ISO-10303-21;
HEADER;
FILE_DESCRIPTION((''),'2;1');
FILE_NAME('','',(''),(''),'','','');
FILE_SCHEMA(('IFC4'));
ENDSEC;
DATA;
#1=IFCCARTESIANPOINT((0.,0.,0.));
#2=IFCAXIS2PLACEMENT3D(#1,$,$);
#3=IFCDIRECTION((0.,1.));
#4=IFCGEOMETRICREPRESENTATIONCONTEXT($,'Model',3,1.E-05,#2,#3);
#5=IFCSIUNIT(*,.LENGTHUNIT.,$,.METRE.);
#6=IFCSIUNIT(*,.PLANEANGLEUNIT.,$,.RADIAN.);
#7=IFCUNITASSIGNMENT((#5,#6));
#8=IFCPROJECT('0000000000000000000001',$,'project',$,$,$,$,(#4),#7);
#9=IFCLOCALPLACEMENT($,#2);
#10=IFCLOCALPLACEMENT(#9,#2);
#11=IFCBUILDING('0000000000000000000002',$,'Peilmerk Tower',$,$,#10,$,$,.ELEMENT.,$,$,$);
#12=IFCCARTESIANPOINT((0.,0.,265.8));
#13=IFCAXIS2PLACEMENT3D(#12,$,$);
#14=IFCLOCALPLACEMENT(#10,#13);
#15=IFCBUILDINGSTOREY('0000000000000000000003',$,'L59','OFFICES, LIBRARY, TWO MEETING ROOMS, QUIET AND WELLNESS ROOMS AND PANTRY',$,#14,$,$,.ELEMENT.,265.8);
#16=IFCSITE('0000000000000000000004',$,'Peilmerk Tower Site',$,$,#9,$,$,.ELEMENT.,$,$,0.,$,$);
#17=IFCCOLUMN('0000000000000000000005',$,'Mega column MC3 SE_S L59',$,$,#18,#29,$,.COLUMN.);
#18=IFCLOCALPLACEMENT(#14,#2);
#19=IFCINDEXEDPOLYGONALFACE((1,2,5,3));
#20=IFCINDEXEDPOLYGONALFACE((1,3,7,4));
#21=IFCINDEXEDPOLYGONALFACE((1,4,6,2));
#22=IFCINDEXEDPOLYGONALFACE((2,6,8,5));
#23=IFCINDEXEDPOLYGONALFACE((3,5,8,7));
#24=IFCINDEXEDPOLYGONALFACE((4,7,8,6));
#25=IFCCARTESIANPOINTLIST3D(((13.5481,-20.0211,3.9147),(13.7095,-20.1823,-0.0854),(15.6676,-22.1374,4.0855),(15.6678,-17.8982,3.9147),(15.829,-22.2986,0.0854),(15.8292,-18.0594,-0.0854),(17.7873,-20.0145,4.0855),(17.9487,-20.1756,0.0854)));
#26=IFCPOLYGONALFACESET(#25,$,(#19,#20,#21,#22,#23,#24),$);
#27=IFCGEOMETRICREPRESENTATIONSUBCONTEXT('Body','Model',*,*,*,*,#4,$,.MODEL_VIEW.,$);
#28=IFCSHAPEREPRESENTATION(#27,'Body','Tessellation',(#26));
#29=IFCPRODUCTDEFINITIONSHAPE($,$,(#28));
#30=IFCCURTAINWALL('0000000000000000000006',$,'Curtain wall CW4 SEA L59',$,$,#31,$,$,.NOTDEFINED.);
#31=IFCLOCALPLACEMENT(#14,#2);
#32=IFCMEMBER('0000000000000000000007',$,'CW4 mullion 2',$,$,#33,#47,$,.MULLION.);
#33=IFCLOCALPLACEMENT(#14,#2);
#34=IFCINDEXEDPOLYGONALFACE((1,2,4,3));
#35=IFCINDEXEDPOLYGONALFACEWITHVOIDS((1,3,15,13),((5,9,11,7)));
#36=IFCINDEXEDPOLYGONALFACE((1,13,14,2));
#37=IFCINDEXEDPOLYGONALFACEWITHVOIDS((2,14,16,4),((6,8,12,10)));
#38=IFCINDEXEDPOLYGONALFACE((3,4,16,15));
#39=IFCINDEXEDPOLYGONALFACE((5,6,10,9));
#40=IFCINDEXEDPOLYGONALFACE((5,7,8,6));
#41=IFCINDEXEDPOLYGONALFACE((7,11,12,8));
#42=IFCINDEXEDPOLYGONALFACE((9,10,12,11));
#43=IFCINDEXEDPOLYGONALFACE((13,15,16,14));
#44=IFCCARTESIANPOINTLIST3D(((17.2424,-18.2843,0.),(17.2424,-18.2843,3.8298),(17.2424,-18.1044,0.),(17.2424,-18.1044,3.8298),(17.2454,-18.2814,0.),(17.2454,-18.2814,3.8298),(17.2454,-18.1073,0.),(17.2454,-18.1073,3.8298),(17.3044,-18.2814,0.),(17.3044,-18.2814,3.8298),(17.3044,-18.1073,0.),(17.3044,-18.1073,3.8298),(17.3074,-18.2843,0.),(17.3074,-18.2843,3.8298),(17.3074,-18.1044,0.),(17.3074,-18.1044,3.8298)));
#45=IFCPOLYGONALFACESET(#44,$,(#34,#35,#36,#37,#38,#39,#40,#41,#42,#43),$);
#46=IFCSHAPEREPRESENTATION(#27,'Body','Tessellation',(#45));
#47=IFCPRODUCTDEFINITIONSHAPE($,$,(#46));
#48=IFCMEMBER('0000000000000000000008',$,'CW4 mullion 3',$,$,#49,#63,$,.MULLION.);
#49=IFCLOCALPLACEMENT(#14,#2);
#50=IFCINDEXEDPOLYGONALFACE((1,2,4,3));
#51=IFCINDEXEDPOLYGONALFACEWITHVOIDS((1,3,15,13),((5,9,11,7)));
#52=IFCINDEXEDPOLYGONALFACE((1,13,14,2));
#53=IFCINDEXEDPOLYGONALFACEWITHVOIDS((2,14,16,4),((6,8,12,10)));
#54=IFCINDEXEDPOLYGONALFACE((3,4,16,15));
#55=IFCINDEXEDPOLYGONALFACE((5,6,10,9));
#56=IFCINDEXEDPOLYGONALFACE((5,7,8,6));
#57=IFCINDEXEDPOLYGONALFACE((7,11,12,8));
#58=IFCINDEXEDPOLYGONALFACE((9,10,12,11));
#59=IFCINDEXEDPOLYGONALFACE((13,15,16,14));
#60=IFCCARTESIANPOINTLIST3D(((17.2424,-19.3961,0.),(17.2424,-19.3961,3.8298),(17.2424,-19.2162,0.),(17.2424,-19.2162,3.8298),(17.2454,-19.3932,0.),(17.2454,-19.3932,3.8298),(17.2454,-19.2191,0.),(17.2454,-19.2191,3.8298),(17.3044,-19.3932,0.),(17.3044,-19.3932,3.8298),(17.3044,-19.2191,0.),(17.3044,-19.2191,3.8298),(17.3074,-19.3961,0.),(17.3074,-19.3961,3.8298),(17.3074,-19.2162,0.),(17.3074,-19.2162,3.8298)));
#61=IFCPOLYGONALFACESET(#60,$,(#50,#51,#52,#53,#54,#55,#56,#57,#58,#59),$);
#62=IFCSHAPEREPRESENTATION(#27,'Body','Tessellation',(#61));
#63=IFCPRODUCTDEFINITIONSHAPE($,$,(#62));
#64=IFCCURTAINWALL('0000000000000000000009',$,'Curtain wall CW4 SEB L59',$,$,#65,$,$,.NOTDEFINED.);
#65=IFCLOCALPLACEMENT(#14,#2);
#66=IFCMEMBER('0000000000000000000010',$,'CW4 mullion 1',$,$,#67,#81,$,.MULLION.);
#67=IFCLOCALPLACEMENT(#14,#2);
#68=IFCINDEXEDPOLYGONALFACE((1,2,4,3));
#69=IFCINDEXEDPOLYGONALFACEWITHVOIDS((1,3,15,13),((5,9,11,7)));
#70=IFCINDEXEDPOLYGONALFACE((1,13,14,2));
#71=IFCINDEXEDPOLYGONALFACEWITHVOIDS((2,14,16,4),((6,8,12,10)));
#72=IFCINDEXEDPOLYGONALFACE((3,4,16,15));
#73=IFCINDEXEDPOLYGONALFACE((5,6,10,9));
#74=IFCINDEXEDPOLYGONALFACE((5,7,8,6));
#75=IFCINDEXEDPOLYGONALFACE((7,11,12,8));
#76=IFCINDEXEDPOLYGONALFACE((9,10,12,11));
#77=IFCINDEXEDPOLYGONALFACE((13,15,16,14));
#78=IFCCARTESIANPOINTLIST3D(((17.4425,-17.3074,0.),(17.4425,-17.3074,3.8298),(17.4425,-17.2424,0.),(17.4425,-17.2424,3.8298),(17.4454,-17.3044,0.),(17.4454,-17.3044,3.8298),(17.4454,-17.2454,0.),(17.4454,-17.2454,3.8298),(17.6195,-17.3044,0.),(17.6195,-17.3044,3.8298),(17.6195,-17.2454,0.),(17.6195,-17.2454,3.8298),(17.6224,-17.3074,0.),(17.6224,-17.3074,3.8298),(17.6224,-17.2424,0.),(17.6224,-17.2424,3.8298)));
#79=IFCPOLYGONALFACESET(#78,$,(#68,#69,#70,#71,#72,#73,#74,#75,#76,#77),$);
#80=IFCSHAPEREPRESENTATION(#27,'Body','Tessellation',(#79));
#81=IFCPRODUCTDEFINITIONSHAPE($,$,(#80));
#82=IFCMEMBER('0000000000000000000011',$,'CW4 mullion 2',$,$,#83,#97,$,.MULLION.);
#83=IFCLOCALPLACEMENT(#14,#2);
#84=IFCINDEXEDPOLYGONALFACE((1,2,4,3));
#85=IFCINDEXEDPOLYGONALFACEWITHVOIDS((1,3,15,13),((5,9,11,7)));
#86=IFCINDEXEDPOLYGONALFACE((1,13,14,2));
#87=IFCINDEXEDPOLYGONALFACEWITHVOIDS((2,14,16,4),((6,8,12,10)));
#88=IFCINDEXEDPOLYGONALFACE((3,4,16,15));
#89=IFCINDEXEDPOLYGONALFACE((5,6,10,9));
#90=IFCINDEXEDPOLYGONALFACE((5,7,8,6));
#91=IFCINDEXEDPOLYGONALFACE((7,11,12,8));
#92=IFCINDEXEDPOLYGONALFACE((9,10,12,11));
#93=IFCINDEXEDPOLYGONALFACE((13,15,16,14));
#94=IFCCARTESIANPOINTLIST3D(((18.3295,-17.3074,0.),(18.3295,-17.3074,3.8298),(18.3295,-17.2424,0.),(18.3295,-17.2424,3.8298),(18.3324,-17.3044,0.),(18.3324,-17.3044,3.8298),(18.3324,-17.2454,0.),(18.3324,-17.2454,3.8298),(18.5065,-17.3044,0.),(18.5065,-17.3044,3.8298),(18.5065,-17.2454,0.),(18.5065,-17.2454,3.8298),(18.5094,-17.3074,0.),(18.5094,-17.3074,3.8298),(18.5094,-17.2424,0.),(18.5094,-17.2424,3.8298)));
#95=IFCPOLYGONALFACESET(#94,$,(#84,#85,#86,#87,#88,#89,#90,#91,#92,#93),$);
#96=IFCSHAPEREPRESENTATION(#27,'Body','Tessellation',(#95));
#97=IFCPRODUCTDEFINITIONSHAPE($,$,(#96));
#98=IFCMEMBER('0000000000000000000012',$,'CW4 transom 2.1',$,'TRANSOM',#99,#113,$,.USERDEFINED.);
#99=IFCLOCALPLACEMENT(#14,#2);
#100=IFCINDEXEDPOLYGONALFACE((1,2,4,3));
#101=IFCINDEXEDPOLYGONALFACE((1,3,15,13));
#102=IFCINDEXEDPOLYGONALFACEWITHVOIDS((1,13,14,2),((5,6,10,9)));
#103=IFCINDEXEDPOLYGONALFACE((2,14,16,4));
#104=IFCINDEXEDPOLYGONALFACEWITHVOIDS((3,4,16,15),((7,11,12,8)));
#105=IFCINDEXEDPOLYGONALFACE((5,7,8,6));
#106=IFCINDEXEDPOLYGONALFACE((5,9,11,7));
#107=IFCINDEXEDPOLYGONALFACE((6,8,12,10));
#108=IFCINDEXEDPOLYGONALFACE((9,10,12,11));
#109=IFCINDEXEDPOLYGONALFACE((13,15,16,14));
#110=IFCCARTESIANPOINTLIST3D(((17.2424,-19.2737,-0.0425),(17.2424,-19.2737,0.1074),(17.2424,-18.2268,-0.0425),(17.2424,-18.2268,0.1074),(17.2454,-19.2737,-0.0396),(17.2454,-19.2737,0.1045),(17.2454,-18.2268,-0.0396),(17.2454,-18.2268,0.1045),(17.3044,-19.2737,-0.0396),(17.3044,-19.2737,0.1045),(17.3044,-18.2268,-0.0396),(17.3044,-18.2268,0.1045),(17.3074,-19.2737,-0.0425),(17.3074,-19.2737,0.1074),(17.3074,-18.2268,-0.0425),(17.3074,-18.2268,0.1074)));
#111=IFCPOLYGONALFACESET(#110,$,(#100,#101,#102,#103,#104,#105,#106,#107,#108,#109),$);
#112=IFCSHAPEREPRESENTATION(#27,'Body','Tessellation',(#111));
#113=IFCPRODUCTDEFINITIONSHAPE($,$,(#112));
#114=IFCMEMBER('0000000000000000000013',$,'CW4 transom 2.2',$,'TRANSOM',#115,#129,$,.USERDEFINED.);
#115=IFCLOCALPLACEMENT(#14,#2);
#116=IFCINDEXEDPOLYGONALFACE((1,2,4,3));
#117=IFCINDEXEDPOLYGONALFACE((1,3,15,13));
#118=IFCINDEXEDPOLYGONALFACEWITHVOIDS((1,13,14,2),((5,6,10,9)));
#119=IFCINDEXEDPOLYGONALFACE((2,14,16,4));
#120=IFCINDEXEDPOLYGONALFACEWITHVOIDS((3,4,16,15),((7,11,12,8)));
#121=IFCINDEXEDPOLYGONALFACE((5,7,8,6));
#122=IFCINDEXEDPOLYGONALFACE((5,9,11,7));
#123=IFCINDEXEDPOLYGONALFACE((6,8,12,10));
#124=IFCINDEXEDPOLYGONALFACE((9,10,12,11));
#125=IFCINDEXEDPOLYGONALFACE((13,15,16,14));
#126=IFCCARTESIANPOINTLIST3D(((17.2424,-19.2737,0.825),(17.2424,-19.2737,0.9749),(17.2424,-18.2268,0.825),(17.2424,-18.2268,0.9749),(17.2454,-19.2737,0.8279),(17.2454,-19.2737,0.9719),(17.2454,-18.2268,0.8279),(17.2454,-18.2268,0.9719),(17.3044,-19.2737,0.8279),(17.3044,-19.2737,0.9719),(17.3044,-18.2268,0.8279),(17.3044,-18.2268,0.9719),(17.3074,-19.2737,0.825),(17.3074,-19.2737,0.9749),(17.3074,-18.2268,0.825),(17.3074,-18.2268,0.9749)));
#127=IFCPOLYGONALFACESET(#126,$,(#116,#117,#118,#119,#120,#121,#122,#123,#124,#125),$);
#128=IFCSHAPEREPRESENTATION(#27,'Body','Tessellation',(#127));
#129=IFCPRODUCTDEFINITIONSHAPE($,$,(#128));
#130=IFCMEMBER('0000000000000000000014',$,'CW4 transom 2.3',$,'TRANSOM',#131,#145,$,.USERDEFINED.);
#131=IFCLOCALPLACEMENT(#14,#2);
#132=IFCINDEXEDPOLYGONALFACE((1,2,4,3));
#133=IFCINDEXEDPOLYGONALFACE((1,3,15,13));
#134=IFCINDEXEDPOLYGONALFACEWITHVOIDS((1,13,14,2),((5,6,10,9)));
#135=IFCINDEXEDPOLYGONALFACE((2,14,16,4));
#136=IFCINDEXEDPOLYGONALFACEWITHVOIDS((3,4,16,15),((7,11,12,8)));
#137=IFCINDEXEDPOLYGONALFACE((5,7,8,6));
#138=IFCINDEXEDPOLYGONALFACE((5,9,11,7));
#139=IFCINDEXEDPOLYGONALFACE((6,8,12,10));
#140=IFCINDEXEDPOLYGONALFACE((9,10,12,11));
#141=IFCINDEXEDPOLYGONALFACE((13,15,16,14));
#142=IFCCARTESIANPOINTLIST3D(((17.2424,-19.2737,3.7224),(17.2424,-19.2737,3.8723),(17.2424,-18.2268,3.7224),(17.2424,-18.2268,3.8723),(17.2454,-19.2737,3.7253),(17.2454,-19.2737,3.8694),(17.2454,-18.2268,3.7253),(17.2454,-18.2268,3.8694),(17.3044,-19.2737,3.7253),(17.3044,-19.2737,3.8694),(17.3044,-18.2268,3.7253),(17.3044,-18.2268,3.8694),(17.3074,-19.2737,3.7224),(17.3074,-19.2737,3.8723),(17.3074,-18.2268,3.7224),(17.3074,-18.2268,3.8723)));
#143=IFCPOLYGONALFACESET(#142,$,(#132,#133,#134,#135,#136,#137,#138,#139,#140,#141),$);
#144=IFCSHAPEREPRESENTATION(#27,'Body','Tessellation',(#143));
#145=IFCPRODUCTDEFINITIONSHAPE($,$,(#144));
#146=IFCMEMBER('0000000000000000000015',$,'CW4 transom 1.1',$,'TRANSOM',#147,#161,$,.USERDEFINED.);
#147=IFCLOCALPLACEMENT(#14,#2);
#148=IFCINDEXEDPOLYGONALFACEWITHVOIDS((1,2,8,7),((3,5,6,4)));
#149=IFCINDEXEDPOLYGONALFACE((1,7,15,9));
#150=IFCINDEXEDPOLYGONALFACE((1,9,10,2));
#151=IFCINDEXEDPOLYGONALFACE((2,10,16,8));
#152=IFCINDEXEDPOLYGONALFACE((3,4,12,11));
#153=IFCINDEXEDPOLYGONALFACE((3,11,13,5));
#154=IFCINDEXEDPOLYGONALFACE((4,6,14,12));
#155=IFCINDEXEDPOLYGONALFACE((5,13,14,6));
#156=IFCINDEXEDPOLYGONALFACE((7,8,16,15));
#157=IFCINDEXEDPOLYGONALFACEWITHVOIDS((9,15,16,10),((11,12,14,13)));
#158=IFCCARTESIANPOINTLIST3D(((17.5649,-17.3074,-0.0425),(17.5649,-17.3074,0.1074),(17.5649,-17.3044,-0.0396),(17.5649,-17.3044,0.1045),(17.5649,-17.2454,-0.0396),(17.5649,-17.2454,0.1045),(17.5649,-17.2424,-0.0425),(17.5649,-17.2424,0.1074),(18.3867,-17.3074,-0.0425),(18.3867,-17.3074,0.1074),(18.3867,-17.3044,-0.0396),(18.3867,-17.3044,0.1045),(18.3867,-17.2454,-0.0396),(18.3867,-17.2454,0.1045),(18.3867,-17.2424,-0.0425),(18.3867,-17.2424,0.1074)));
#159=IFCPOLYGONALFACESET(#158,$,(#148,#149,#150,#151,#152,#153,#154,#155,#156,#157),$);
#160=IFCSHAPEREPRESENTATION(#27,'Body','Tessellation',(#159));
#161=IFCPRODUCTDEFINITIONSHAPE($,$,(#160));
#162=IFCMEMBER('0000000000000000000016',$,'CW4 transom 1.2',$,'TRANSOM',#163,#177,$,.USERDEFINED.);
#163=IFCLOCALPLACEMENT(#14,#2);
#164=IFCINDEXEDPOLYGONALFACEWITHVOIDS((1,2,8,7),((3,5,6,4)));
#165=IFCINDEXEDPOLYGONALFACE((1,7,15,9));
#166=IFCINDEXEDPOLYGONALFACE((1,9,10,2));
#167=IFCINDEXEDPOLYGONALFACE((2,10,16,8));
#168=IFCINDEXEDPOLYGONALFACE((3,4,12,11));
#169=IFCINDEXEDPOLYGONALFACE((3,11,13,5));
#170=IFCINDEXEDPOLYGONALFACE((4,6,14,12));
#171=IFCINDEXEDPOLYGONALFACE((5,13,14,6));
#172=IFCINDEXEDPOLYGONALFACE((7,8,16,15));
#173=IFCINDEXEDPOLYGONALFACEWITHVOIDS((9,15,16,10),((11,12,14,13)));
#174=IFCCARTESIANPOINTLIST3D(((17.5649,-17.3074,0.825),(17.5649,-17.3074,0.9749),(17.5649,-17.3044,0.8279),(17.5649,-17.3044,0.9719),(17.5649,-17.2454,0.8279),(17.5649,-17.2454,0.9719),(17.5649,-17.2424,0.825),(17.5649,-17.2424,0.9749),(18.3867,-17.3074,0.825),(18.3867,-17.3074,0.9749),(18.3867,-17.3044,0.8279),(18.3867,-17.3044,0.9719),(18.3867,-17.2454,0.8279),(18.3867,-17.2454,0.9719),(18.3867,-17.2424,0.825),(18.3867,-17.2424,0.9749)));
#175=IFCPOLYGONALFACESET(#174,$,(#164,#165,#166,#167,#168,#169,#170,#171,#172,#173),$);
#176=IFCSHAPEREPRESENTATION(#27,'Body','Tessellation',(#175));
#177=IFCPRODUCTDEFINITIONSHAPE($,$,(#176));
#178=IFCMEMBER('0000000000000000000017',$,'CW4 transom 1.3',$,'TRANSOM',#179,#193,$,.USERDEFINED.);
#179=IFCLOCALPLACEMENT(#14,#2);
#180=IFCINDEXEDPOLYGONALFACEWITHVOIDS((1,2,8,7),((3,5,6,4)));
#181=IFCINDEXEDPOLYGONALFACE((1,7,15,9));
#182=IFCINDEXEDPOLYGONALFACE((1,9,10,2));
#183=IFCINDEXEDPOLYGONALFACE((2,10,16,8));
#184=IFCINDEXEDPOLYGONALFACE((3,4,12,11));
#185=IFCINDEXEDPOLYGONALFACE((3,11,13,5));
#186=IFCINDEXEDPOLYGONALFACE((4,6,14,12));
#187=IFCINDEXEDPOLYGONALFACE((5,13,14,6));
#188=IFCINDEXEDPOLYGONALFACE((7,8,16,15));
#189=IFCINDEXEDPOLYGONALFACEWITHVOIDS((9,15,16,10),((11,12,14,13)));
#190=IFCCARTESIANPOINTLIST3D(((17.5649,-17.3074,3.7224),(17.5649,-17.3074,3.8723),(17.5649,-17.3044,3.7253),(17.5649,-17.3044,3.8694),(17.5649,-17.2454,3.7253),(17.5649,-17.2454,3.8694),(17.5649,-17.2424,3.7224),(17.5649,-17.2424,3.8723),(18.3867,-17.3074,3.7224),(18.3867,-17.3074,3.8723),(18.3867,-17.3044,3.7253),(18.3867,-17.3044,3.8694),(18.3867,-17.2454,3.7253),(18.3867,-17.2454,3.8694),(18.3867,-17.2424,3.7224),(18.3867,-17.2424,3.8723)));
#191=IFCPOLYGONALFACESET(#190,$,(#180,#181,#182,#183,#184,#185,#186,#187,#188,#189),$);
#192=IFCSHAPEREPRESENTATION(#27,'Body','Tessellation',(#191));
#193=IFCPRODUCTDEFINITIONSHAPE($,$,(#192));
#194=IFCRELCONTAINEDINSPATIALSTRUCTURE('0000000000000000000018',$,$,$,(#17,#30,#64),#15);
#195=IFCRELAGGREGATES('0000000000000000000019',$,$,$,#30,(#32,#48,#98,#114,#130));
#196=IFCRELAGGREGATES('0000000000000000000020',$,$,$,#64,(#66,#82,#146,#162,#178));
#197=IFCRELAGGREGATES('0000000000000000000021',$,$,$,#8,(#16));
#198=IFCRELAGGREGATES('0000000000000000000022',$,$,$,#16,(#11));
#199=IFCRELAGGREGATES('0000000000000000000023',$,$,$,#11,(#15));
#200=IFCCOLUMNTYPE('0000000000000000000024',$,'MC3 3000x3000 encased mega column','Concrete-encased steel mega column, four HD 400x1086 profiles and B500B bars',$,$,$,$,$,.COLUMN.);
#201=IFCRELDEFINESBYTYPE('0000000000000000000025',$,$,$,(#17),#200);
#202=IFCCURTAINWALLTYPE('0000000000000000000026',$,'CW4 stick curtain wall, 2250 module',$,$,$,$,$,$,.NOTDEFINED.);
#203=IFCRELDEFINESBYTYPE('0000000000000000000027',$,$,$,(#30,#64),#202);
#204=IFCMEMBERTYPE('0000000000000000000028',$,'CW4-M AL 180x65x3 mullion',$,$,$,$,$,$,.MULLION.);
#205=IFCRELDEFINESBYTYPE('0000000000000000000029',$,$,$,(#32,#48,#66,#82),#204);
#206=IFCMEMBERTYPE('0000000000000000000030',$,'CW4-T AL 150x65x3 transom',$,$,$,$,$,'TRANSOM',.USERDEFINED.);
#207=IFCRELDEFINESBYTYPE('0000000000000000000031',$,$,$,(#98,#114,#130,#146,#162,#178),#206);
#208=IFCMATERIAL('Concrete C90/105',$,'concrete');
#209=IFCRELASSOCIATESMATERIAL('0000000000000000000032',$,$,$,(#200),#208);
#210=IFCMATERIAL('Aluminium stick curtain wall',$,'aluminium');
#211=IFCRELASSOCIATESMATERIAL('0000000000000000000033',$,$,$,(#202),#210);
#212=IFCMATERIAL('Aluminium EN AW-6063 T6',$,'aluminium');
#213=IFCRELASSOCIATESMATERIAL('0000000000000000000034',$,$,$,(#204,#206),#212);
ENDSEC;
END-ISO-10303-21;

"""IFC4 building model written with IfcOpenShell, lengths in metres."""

from ifc_helpers import new_model, si_unit, direction, frame, origin, origin_2d, place, context, subcontext, project, spatial, rectangle, hollow_rectangle, extrude, material, material_profile, profile_set, type_object, element, aggregate, save


model = new_model("IFC4")

# Units and contexts
model_context = context("Model", 3, precision=1e-05, world=origin(), true_north=direction((0.0, 1.0)))
body_context = subcontext(model_context, "Body", "Model", "MODEL_VIEW")
ifc_project = project(units=[si_unit("LENGTHUNIT", "METRE"), si_unit("PLANEANGLEUNIT", "RADIAN")], contexts=[model_context])

# Site, building, storey
site_placement = place(None, origin())
site = spatial("IfcSite", under=ifc_project, at=site_placement, Name="Peilmerk Tower Site", CompositionType="ELEMENT", RefElevation=0.0)
building_placement = place(site_placement, origin())
building = spatial("IfcBuilding", under=site, at=building_placement, Name="Peilmerk Tower", CompositionType="ELEMENT")
storey_placement = place(building_placement, frame((0.0, 0.0, 265.8)))
storey = spatial("IfcBuildingStorey", under=building, at=storey_placement, Name="L59", Description="OFFICES, LIBRARY, TWO MEETING ROOMS, QUIET AND WELLNESS ROOMS AND PANTRY", CompositionType="ELEMENT", Elevation=265.8)

# Column
ifc_material_1 = material(Name="Concrete C90/105", Category="concrete")
ifc_material_profile_1 = material_profile(ifc_material_1, rectangle(XDim=3.0, YDim=3.0, at=origin_2d()), Name="RC 3000x3000")
ifc_profile_set_1 = profile_set([ifc_material_profile_1], Name="Concrete C90/105")
column_type = type_object("IfcColumnType", Name="MC3 3000x3000 encased mega column", Description="Concrete-encased steel mega column, four HD 400x1086 profiles and B500B bars", PredefinedType="COLUMN", material=ifc_profile_set_1)
column_placement = place(storey_placement, frame((15.8291, -20.179, 0.0), z_axis=(-0.040279, 0.040218, 0.998379), x_axis=(-0.706571, -0.707642, 0.0)))
element("IfcColumn", 1, at=column_placement, inside=storey, type_object=column_type, Name="Mega column MC3 SE_S L59", PredefinedType="COLUMN", context=body_context, shape_type="SweptSolid", body=[
    extrude(rectangle(XDim=3.0, YDim=3.0, at=origin_2d()), origin(), (0.0, 0.0, 1.0), 4.0066),
])

# Curtain walls, members
ifc_material_2 = material(Name="Aluminium stick curtain wall", Category="aluminium")
curtain_wall_type = type_object("IfcCurtainWallType", Name="CW4 stick curtain wall, 2250 module", PredefinedType="NOTDEFINED", material=ifc_material_2)
curtain_wall_1_placement = place(storey_placement, origin())
curtain_wall_1 = element("IfcCurtainWall", 2, at=curtain_wall_1_placement, inside=storey, type_object=curtain_wall_type, Name="Curtain wall CW4 SEA L59", PredefinedType="NOTDEFINED")
ifc_material_3 = material(Name="Aluminium EN AW-6063 T6", Category="aluminium")
ifc_material_profile_2 = material_profile(ifc_material_3, hollow_rectangle(XDim=0.0649, YDim=0.1799, WallThickness=0.0029, at=origin_2d()), Name="AL 180x65x3")
ifc_profile_set_2 = profile_set([ifc_material_profile_2], Name="Aluminium EN AW-6063 T6")
member_type_1 = type_object("IfcMemberType", Name="CW4-M AL 180x65x3 mullion", PredefinedType="MULLION", material=ifc_profile_set_2)
member_1_placement = place(storey_placement, frame((17.2749, -18.1943, 0.0), z_axis=(0.0, 0.0, 1.0), x_axis=(1.0, 0.0, 0.0)))
member_1 = element("IfcMember", 3, at=member_1_placement, type_object=member_type_1, Name="CW4 mullion 2", PredefinedType="MULLION", context=body_context, shape_type="SweptSolid", body=[
    extrude(hollow_rectangle(XDim=0.0649, YDim=0.1799, WallThickness=0.0029, at=origin_2d()), origin(), (0.0, 0.0, 1.0), 3.8298),
])
member_2_placement = place(storey_placement, frame((17.2749, -19.3062, 0.0), z_axis=(0.0, 0.0, 1.0), x_axis=(1.0, 0.0, 0.0)))
member_2 = element("IfcMember", 4, at=member_2_placement, type_object=member_type_1, Name="CW4 mullion 3", PredefinedType="MULLION", context=body_context, shape_type="SweptSolid", body=[
    extrude(hollow_rectangle(XDim=0.0649, YDim=0.1799, WallThickness=0.0029, at=origin_2d()), origin(), (0.0, 0.0, 1.0), 3.8298),
])
curtain_wall_2_placement = place(storey_placement, origin())
curtain_wall_2 = element("IfcCurtainWall", 5, at=curtain_wall_2_placement, inside=storey, type_object=curtain_wall_type, Name="Curtain wall CW4 SEB L59", PredefinedType="NOTDEFINED")
member_3_placement = place(storey_placement, frame((17.5325, -17.2749, 0.0), z_axis=(0.0, 0.0, 1.0), x_axis=(0.0, 1.0, 0.0)))
member_3 = element("IfcMember", 6, at=member_3_placement, type_object=member_type_1, Name="CW4 mullion 1", PredefinedType="MULLION", context=body_context, shape_type="SweptSolid", body=[
    extrude(hollow_rectangle(XDim=0.0649, YDim=0.1799, WallThickness=0.0029, at=origin_2d()), origin(), (0.0, 0.0, 1.0), 3.8298),
])
member_4_placement = place(storey_placement, frame((18.4194, -17.2749, 0.0), z_axis=(0.0, 0.0, 1.0), x_axis=(0.0, 1.0, 0.0)))
member_4 = element("IfcMember", 7, at=member_4_placement, type_object=member_type_1, Name="CW4 mullion 2", PredefinedType="MULLION", context=body_context, shape_type="SweptSolid", body=[
    extrude(hollow_rectangle(XDim=0.0649, YDim=0.1799, WallThickness=0.0029, at=origin_2d()), origin(), (0.0, 0.0, 1.0), 3.8298),
])

# Members
ifc_material_profile_3 = material_profile(ifc_material_3, hollow_rectangle(XDim=0.0649, YDim=0.1499, WallThickness=0.0029, at=origin_2d()), Name="AL 150x65x3")
ifc_profile_set_3 = profile_set([ifc_material_profile_3], Name="Aluminium EN AW-6063 T6")
member_type_2 = type_object("IfcMemberType", Name="CW4-T AL 150x65x3 transom", ElementType="TRANSOM", PredefinedType="USERDEFINED", material=ifc_profile_set_3)
member_5_placement = place(storey_placement, frame((17.2749, -18.2268, 0.0325), z_axis=(0.0, -1.0, 0.0), x_axis=(1.0, 0.0, 0.0)))
member_5 = element("IfcMember", 8, at=member_5_placement, type_object=member_type_2, Name="CW4 transom 2.1", ObjectType="TRANSOM", PredefinedType="USERDEFINED", context=body_context, shape_type="SweptSolid", body=[
    extrude(hollow_rectangle(XDim=0.0649, YDim=0.1499, WallThickness=0.0029, at=origin_2d()), origin(), (0.0, 0.0, 1.0), 1.0469),
])
member_6_placement = place(storey_placement, frame((17.2749, -18.2268, 0.8999), z_axis=(0.0, -1.0, 0.0), x_axis=(1.0, 0.0, 0.0)))
member_6 = element("IfcMember", 9, at=member_6_placement, type_object=member_type_2, Name="CW4 transom 2.2", ObjectType="TRANSOM", PredefinedType="USERDEFINED", context=body_context, shape_type="SweptSolid", body=[
    extrude(hollow_rectangle(XDim=0.0649, YDim=0.1499, WallThickness=0.0029, at=origin_2d()), origin(), (0.0, 0.0, 1.0), 1.0469),
])
member_7_placement = place(storey_placement, frame((17.2749, -18.2268, 3.7974), z_axis=(0.0, -1.0, 0.0), x_axis=(1.0, 0.0, 0.0)))
member_7 = element("IfcMember", 10, at=member_7_placement, type_object=member_type_2, Name="CW4 transom 2.3", ObjectType="TRANSOM", PredefinedType="USERDEFINED", context=body_context, shape_type="SweptSolid", body=[
    extrude(hollow_rectangle(XDim=0.0649, YDim=0.1499, WallThickness=0.0029, at=origin_2d()), origin(), (0.0, 0.0, 1.0), 1.0469),
])
member_8_placement = place(storey_placement, frame((17.5649, -17.2749, 0.0325), z_axis=(1.0, 0.0, 0.0), x_axis=(0.0, 1.0, 0.0)))
member_8 = element("IfcMember", 11, at=member_8_placement, type_object=member_type_2, Name="CW4 transom 1.1", ObjectType="TRANSOM", PredefinedType="USERDEFINED", context=body_context, shape_type="SweptSolid", body=[
    extrude(hollow_rectangle(XDim=0.0649, YDim=0.1499, WallThickness=0.0029, at=origin_2d()), origin(), (0.0, 0.0, 1.0), 0.8218),
])
member_9_placement = place(storey_placement, frame((17.5649, -17.2749, 0.8999), z_axis=(1.0, 0.0, 0.0), x_axis=(0.0, 1.0, 0.0)))
member_9 = element("IfcMember", 12, at=member_9_placement, type_object=member_type_2, Name="CW4 transom 1.2", ObjectType="TRANSOM", PredefinedType="USERDEFINED", context=body_context, shape_type="SweptSolid", body=[
    extrude(hollow_rectangle(XDim=0.0649, YDim=0.1499, WallThickness=0.0029, at=origin_2d()), origin(), (0.0, 0.0, 1.0), 0.8218),
])
member_10_placement = place(storey_placement, frame((17.5649, -17.2749, 3.7974), z_axis=(1.0, 0.0, 0.0), x_axis=(0.0, 1.0, 0.0)))
member_10 = element("IfcMember", 13, at=member_10_placement, type_object=member_type_2, Name="CW4 transom 1.3", ObjectType="TRANSOM", PredefinedType="USERDEFINED", context=body_context, shape_type="SweptSolid", body=[
    extrude(hollow_rectangle(XDim=0.0649, YDim=0.1499, WallThickness=0.0029, at=origin_2d()), origin(), (0.0, 0.0, 1.0), 0.8218),
])

aggregate(curtain_wall_1, [member_1, member_2, member_5, member_6, member_7])
aggregate(curtain_wall_2, [member_3, member_4, member_8, member_9, member_10])

save(model, "model.ifc")
